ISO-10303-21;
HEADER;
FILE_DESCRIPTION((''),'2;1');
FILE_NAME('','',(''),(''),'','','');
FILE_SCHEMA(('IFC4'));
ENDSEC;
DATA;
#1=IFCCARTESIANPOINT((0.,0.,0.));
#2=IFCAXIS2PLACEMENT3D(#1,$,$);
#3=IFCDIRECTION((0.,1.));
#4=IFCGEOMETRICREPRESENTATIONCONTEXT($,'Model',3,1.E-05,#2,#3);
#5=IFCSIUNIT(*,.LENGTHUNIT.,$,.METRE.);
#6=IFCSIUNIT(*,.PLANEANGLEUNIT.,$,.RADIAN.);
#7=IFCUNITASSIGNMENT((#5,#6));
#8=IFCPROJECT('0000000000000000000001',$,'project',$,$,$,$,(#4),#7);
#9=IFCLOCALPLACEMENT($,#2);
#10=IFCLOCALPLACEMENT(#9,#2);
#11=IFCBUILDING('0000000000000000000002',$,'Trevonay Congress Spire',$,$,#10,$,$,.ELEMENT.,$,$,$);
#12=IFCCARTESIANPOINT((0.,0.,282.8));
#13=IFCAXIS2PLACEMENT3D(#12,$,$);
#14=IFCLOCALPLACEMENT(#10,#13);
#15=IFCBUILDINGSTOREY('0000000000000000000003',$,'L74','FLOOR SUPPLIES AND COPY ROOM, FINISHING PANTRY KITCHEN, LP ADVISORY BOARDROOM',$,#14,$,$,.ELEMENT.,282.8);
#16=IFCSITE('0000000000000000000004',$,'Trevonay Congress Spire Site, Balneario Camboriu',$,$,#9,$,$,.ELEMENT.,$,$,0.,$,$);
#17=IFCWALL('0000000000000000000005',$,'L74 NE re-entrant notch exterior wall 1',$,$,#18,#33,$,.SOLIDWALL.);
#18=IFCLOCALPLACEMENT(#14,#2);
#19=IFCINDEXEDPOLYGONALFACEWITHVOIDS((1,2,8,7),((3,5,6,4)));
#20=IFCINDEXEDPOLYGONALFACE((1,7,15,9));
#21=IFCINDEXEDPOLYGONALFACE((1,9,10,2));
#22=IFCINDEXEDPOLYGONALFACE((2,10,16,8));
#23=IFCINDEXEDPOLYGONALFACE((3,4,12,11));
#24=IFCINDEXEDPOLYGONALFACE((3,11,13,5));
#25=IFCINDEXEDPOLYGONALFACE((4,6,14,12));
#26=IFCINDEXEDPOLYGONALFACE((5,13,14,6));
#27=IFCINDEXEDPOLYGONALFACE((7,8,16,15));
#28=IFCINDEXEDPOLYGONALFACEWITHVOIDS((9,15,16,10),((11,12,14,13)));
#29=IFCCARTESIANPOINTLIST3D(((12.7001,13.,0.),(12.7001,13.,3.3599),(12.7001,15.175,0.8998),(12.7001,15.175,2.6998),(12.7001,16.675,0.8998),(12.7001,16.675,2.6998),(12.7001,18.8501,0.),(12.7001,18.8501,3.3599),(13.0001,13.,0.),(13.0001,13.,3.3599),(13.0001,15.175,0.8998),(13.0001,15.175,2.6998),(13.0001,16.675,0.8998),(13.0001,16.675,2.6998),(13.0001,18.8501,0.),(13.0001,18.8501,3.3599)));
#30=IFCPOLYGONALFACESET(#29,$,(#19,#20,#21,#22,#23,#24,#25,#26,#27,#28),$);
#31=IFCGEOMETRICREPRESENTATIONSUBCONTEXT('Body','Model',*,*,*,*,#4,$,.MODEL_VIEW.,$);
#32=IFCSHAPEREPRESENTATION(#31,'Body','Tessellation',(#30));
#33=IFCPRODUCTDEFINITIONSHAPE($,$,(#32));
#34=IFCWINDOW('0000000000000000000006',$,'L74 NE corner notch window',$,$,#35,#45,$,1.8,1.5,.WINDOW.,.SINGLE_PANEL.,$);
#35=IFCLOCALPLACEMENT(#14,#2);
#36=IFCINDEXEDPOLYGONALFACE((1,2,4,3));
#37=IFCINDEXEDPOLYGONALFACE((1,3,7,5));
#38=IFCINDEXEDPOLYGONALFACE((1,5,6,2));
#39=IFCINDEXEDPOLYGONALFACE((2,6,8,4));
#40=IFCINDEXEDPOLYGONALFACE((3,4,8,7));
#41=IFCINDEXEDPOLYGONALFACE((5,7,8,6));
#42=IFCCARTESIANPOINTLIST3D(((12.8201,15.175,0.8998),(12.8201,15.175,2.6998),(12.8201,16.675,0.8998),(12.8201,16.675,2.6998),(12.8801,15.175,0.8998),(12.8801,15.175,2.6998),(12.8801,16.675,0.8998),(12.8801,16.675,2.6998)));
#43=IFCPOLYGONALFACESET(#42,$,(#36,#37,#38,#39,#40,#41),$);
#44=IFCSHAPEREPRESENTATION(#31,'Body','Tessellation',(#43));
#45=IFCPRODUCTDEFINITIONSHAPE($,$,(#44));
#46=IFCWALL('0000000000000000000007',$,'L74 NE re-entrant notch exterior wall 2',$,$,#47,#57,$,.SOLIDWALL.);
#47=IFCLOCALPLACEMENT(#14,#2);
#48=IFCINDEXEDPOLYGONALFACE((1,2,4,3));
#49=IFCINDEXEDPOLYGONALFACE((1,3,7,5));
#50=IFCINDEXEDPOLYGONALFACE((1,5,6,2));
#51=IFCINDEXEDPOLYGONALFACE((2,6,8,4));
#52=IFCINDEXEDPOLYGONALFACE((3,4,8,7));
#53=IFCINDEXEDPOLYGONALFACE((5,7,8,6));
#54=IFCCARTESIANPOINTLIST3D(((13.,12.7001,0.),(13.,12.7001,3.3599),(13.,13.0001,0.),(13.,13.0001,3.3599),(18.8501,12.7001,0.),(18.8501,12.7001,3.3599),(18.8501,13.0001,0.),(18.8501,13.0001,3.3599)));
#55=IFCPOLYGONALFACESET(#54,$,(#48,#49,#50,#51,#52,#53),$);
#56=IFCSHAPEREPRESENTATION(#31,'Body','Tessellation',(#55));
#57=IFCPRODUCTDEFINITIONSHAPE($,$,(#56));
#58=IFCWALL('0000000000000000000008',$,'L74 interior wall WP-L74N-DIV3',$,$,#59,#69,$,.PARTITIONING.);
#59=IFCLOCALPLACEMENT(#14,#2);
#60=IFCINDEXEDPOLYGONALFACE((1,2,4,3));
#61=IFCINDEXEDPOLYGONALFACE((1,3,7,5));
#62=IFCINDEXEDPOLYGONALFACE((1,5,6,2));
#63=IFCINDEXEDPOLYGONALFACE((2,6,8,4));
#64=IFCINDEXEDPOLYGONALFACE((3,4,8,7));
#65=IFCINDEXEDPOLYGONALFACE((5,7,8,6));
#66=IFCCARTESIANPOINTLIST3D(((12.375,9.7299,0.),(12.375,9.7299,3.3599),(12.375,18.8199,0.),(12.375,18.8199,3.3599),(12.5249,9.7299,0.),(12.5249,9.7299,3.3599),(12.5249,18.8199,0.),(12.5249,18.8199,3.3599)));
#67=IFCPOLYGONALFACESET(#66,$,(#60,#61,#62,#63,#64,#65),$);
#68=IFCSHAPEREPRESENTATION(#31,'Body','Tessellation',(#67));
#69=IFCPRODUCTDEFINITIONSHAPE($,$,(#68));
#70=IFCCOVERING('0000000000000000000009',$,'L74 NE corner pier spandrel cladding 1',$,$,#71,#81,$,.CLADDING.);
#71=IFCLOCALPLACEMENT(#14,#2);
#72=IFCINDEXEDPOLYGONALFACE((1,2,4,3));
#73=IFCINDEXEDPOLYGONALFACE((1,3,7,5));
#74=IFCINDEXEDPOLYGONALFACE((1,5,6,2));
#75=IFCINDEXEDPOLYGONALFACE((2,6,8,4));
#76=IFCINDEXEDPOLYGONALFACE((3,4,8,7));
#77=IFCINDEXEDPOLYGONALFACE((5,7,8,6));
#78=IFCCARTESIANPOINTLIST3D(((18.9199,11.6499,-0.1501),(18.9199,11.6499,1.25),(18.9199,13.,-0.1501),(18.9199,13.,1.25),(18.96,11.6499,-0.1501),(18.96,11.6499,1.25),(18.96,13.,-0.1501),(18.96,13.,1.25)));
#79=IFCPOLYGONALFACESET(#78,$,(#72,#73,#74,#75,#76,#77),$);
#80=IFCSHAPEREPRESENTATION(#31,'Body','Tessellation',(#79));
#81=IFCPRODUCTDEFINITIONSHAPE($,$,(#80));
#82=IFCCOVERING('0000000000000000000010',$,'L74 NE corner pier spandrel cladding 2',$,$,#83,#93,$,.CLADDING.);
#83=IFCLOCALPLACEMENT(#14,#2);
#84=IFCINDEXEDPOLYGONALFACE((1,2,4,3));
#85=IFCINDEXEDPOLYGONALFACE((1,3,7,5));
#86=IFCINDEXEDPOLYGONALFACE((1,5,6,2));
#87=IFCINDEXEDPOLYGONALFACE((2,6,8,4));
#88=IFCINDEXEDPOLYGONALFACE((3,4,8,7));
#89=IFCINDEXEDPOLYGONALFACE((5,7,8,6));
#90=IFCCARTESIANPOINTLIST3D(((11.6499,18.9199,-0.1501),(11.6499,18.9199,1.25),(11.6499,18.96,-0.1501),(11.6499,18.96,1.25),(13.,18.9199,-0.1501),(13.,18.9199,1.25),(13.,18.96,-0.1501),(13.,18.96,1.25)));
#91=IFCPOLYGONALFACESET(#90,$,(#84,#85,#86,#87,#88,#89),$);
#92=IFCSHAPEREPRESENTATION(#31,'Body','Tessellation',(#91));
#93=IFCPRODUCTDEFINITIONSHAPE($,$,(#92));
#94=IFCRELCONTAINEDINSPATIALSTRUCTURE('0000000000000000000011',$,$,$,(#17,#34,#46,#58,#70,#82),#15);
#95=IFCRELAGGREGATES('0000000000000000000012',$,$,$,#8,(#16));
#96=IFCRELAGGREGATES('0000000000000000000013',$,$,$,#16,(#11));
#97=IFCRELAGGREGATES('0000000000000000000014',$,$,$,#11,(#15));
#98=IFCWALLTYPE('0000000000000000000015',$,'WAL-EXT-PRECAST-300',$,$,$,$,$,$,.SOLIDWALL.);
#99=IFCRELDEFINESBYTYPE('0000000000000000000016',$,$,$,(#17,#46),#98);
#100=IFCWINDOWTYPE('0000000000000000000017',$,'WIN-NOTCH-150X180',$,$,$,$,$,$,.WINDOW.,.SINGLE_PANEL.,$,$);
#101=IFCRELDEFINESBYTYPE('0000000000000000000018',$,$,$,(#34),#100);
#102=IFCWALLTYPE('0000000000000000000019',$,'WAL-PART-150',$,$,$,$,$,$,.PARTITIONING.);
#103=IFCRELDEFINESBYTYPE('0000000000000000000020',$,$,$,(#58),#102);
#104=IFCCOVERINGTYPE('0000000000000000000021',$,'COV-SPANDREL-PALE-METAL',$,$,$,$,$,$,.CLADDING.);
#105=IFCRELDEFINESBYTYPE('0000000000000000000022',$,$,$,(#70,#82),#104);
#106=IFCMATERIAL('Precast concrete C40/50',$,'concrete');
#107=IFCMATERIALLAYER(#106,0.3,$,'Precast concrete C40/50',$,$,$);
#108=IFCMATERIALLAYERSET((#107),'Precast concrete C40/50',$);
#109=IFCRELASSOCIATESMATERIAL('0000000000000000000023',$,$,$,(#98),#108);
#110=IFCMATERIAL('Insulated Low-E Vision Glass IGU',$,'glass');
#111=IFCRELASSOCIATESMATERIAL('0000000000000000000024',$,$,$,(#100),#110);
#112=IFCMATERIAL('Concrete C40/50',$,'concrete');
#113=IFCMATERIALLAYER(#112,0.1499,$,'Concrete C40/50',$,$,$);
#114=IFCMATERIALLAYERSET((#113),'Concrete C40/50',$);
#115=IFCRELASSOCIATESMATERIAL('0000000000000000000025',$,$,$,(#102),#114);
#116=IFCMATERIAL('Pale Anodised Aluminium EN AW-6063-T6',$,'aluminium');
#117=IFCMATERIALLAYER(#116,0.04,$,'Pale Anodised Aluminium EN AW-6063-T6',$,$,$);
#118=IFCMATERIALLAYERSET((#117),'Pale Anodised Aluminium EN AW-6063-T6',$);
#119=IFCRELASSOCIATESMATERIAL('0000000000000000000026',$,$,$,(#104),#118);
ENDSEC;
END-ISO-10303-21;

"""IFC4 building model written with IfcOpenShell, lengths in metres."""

from ifc_helpers import new_model, si_unit, direction, frame, frame_2d, origin, place, context, subcontext, project, spatial, rectangle, extrude, material, layer, layer_set, type_object, element, fill, save


model = new_model("IFC4")

# Units and contexts
model_context = context("Model", 3, precision=1e-05, world=origin(), true_north=direction((0.0, 1.0)))
body_context = subcontext(model_context, "Body", "Model", "MODEL_VIEW")
ifc_project = project(units=[si_unit("LENGTHUNIT", "METRE"), si_unit("PLANEANGLEUNIT", "RADIAN")], contexts=[model_context])

# Site, building, storey
site_placement = place(None, origin())
site = spatial("IfcSite", under=ifc_project, at=site_placement, Name="Trevonay Congress Spire Site, Balneario Camboriu", CompositionType="ELEMENT", RefElevation=0.0)
building_placement = place(site_placement, origin())
building = spatial("IfcBuilding", under=site, at=building_placement, Name="Trevonay Congress Spire", CompositionType="ELEMENT")
storey_placement = place(building_placement, frame((0.0, 0.0, 282.8)))
storey = spatial("IfcBuildingStorey", under=building, at=storey_placement, Name="L74", Description="FLOOR SUPPLIES AND COPY ROOM, FINISHING PANTRY KITCHEN, LP ADVISORY BOARDROOM", CompositionType="ELEMENT", Elevation=282.8)

# Shared definitions
ifc_material_1 = material(Name="Pale Anodised Aluminium EN AW-6063-T6", Category="aluminium")

# Shared definitions
ifc_material_2 = material(Name="Insulated Low-E Vision Glass IGU", Category="glass")

# Wall, opening, window
ifc_material_3 = material(Name="Precast concrete C40/50", Category="concrete")
ifc_layer_1 = layer(ifc_material_3, 0.3, Name="Precast concrete C40/50")
ifc_layer_set_1 = layer_set([ifc_layer_1], Name="Precast concrete C40/50")
wall_type_1 = type_object("IfcWallType", Name="WAL-EXT-PRECAST-300", PredefinedType="SOLIDWALL", material=ifc_layer_set_1)
wall_1_placement = place(storey_placement, frame((12.8501, 18.8501, 0.0), z_axis=(0.0, 0.0, 1.0), x_axis=(0.0, -1.0, 0.0)))
wall_1 = element("IfcWall", 1, at=wall_1_placement, inside=storey, type_object=wall_type_1, Name="L74 NE re-entrant notch exterior wall 1", PredefinedType="SOLIDWALL", context=body_context, shape_type="SweptSolid", body=[
    extrude(rectangle(XDim=5.8501, YDim=0.3, at=frame_2d((2.925, 0.0))), origin(), (0.0, 0.0, 1.0), 3.3599),
])
opening_placement = place(wall_1_placement, frame((2.175, 0.0, 0.8999)))
opening = element("IfcOpeningElement", 2, at=opening_placement, cuts=wall_1, PredefinedType="OPENING", context=body_context, shape_type="SweptSolid", body=[
    extrude(rectangle(XDim=1.5, YDim=1.8, at=frame_2d((0.75, 0.8999))), frame((0.0, 0.1602, 0.0), z_axis=(0.0, -1.0, 0.0), x_axis=(1.0, 0.0, 0.0)), (0.0, 0.0, 1.0), 0.3201),
])
window_type = type_object("IfcWindowType", Name="WIN-NOTCH-150X180", PartitioningType="SINGLE_PANEL", PredefinedType="WINDOW", material=ifc_material_2)
window_placement = place(opening_placement, origin())
window = element("IfcWindow", 3, at=window_placement, inside=storey, type_object=window_type, Name="L74 NE corner notch window", OverallHeight=1.8, OverallWidth=1.5, PartitioningType="SINGLE_PANEL", PredefinedType="WINDOW", context=body_context, shape_type="SweptSolid", body=[
    extrude(rectangle(XDim=1.5, YDim=1.8, at=frame_2d((0.75, 0.8999))), frame((0.0, 0.03, 0.0), z_axis=(0.0, -1.0, 0.0), x_axis=(1.0, 0.0, 0.0)), (0.0, 0.0, 1.0), 0.0601),
])
fill(opening, window)

# Walls
wall_2_placement = place(storey_placement, frame((18.8501, 12.8501, 0.0), z_axis=(0.0, 0.0, 1.0), x_axis=(-1.0, 0.0, 0.0)))
element("IfcWall", 4, at=wall_2_placement, inside=storey, type_object=wall_type_1, Name="L74 NE re-entrant notch exterior wall 2", PredefinedType="SOLIDWALL", context=body_context, shape_type="SweptSolid", body=[
    extrude(rectangle(XDim=5.8501, YDim=0.3, at=frame_2d((2.925, 0.0))), origin(), (0.0, 0.0, 1.0), 3.3599),
])
ifc_material_4 = material(Name="Concrete C40/50", Category="concrete")
ifc_layer_2 = layer(ifc_material_4, 0.1499, Name="Concrete C40/50")
ifc_layer_set_2 = layer_set([ifc_layer_2], Name="Concrete C40/50")
wall_type_2 = type_object("IfcWallType", Name="WAL-PART-150", PredefinedType="PARTITIONING", material=ifc_layer_set_2)
wall_3_placement = place(storey_placement, frame((12.45, 9.73, 0.0), z_axis=(0.0, 0.0, 1.0), x_axis=(0.0, 1.0, 0.0)))
element("IfcWall", 5, at=wall_3_placement, inside=storey, type_object=wall_type_2, Name="L74 interior wall WP-L74N-DIV3", PredefinedType="PARTITIONING", context=body_context, shape_type="SweptSolid", body=[
    extrude(rectangle(XDim=9.0901, YDim=0.1499, at=frame_2d((4.5449, 0.0))), origin(), (0.0, 0.0, 1.0), 3.3599),
])

# Coverings
ifc_layer_3 = layer(ifc_material_1, 0.04, Name="Pale Anodised Aluminium EN AW-6063-T6")
ifc_layer_set_3 = layer_set([ifc_layer_3], Name="Pale Anodised Aluminium EN AW-6063-T6")
covering_type = type_object("IfcCoveringType", Name="COV-SPANDREL-PALE-METAL", PredefinedType="CLADDING", material=ifc_layer_set_3)
for number, where, z_axis, x_axis, name in (
    (6, (18.9399, 11.6499, -0.1501), (0.0, 0.0, 1.0), (0.0, 1.0, 0.0), "L74 NE corner pier spandrel cladding 1"),
    (7, (11.6499, 18.9399, -0.1501), (0.0, 0.0, 1.0), (1.0, 0.0, 0.0), "L74 NE corner pier spandrel cladding 2"),
):
    element("IfcCovering", number, at=place(storey_placement, frame(where, z_axis=z_axis, x_axis=x_axis)), inside=storey, type_object=covering_type, Name=name, PredefinedType="CLADDING", context=body_context, shape_type="SweptSolid", body=[
        extrude(rectangle(XDim=1.3501, YDim=0.04, at=frame_2d((0.675, 0.0))), origin(), (0.0, 0.0, 1.0), 1.4001),
    ])

save(model, "model.ifc")
